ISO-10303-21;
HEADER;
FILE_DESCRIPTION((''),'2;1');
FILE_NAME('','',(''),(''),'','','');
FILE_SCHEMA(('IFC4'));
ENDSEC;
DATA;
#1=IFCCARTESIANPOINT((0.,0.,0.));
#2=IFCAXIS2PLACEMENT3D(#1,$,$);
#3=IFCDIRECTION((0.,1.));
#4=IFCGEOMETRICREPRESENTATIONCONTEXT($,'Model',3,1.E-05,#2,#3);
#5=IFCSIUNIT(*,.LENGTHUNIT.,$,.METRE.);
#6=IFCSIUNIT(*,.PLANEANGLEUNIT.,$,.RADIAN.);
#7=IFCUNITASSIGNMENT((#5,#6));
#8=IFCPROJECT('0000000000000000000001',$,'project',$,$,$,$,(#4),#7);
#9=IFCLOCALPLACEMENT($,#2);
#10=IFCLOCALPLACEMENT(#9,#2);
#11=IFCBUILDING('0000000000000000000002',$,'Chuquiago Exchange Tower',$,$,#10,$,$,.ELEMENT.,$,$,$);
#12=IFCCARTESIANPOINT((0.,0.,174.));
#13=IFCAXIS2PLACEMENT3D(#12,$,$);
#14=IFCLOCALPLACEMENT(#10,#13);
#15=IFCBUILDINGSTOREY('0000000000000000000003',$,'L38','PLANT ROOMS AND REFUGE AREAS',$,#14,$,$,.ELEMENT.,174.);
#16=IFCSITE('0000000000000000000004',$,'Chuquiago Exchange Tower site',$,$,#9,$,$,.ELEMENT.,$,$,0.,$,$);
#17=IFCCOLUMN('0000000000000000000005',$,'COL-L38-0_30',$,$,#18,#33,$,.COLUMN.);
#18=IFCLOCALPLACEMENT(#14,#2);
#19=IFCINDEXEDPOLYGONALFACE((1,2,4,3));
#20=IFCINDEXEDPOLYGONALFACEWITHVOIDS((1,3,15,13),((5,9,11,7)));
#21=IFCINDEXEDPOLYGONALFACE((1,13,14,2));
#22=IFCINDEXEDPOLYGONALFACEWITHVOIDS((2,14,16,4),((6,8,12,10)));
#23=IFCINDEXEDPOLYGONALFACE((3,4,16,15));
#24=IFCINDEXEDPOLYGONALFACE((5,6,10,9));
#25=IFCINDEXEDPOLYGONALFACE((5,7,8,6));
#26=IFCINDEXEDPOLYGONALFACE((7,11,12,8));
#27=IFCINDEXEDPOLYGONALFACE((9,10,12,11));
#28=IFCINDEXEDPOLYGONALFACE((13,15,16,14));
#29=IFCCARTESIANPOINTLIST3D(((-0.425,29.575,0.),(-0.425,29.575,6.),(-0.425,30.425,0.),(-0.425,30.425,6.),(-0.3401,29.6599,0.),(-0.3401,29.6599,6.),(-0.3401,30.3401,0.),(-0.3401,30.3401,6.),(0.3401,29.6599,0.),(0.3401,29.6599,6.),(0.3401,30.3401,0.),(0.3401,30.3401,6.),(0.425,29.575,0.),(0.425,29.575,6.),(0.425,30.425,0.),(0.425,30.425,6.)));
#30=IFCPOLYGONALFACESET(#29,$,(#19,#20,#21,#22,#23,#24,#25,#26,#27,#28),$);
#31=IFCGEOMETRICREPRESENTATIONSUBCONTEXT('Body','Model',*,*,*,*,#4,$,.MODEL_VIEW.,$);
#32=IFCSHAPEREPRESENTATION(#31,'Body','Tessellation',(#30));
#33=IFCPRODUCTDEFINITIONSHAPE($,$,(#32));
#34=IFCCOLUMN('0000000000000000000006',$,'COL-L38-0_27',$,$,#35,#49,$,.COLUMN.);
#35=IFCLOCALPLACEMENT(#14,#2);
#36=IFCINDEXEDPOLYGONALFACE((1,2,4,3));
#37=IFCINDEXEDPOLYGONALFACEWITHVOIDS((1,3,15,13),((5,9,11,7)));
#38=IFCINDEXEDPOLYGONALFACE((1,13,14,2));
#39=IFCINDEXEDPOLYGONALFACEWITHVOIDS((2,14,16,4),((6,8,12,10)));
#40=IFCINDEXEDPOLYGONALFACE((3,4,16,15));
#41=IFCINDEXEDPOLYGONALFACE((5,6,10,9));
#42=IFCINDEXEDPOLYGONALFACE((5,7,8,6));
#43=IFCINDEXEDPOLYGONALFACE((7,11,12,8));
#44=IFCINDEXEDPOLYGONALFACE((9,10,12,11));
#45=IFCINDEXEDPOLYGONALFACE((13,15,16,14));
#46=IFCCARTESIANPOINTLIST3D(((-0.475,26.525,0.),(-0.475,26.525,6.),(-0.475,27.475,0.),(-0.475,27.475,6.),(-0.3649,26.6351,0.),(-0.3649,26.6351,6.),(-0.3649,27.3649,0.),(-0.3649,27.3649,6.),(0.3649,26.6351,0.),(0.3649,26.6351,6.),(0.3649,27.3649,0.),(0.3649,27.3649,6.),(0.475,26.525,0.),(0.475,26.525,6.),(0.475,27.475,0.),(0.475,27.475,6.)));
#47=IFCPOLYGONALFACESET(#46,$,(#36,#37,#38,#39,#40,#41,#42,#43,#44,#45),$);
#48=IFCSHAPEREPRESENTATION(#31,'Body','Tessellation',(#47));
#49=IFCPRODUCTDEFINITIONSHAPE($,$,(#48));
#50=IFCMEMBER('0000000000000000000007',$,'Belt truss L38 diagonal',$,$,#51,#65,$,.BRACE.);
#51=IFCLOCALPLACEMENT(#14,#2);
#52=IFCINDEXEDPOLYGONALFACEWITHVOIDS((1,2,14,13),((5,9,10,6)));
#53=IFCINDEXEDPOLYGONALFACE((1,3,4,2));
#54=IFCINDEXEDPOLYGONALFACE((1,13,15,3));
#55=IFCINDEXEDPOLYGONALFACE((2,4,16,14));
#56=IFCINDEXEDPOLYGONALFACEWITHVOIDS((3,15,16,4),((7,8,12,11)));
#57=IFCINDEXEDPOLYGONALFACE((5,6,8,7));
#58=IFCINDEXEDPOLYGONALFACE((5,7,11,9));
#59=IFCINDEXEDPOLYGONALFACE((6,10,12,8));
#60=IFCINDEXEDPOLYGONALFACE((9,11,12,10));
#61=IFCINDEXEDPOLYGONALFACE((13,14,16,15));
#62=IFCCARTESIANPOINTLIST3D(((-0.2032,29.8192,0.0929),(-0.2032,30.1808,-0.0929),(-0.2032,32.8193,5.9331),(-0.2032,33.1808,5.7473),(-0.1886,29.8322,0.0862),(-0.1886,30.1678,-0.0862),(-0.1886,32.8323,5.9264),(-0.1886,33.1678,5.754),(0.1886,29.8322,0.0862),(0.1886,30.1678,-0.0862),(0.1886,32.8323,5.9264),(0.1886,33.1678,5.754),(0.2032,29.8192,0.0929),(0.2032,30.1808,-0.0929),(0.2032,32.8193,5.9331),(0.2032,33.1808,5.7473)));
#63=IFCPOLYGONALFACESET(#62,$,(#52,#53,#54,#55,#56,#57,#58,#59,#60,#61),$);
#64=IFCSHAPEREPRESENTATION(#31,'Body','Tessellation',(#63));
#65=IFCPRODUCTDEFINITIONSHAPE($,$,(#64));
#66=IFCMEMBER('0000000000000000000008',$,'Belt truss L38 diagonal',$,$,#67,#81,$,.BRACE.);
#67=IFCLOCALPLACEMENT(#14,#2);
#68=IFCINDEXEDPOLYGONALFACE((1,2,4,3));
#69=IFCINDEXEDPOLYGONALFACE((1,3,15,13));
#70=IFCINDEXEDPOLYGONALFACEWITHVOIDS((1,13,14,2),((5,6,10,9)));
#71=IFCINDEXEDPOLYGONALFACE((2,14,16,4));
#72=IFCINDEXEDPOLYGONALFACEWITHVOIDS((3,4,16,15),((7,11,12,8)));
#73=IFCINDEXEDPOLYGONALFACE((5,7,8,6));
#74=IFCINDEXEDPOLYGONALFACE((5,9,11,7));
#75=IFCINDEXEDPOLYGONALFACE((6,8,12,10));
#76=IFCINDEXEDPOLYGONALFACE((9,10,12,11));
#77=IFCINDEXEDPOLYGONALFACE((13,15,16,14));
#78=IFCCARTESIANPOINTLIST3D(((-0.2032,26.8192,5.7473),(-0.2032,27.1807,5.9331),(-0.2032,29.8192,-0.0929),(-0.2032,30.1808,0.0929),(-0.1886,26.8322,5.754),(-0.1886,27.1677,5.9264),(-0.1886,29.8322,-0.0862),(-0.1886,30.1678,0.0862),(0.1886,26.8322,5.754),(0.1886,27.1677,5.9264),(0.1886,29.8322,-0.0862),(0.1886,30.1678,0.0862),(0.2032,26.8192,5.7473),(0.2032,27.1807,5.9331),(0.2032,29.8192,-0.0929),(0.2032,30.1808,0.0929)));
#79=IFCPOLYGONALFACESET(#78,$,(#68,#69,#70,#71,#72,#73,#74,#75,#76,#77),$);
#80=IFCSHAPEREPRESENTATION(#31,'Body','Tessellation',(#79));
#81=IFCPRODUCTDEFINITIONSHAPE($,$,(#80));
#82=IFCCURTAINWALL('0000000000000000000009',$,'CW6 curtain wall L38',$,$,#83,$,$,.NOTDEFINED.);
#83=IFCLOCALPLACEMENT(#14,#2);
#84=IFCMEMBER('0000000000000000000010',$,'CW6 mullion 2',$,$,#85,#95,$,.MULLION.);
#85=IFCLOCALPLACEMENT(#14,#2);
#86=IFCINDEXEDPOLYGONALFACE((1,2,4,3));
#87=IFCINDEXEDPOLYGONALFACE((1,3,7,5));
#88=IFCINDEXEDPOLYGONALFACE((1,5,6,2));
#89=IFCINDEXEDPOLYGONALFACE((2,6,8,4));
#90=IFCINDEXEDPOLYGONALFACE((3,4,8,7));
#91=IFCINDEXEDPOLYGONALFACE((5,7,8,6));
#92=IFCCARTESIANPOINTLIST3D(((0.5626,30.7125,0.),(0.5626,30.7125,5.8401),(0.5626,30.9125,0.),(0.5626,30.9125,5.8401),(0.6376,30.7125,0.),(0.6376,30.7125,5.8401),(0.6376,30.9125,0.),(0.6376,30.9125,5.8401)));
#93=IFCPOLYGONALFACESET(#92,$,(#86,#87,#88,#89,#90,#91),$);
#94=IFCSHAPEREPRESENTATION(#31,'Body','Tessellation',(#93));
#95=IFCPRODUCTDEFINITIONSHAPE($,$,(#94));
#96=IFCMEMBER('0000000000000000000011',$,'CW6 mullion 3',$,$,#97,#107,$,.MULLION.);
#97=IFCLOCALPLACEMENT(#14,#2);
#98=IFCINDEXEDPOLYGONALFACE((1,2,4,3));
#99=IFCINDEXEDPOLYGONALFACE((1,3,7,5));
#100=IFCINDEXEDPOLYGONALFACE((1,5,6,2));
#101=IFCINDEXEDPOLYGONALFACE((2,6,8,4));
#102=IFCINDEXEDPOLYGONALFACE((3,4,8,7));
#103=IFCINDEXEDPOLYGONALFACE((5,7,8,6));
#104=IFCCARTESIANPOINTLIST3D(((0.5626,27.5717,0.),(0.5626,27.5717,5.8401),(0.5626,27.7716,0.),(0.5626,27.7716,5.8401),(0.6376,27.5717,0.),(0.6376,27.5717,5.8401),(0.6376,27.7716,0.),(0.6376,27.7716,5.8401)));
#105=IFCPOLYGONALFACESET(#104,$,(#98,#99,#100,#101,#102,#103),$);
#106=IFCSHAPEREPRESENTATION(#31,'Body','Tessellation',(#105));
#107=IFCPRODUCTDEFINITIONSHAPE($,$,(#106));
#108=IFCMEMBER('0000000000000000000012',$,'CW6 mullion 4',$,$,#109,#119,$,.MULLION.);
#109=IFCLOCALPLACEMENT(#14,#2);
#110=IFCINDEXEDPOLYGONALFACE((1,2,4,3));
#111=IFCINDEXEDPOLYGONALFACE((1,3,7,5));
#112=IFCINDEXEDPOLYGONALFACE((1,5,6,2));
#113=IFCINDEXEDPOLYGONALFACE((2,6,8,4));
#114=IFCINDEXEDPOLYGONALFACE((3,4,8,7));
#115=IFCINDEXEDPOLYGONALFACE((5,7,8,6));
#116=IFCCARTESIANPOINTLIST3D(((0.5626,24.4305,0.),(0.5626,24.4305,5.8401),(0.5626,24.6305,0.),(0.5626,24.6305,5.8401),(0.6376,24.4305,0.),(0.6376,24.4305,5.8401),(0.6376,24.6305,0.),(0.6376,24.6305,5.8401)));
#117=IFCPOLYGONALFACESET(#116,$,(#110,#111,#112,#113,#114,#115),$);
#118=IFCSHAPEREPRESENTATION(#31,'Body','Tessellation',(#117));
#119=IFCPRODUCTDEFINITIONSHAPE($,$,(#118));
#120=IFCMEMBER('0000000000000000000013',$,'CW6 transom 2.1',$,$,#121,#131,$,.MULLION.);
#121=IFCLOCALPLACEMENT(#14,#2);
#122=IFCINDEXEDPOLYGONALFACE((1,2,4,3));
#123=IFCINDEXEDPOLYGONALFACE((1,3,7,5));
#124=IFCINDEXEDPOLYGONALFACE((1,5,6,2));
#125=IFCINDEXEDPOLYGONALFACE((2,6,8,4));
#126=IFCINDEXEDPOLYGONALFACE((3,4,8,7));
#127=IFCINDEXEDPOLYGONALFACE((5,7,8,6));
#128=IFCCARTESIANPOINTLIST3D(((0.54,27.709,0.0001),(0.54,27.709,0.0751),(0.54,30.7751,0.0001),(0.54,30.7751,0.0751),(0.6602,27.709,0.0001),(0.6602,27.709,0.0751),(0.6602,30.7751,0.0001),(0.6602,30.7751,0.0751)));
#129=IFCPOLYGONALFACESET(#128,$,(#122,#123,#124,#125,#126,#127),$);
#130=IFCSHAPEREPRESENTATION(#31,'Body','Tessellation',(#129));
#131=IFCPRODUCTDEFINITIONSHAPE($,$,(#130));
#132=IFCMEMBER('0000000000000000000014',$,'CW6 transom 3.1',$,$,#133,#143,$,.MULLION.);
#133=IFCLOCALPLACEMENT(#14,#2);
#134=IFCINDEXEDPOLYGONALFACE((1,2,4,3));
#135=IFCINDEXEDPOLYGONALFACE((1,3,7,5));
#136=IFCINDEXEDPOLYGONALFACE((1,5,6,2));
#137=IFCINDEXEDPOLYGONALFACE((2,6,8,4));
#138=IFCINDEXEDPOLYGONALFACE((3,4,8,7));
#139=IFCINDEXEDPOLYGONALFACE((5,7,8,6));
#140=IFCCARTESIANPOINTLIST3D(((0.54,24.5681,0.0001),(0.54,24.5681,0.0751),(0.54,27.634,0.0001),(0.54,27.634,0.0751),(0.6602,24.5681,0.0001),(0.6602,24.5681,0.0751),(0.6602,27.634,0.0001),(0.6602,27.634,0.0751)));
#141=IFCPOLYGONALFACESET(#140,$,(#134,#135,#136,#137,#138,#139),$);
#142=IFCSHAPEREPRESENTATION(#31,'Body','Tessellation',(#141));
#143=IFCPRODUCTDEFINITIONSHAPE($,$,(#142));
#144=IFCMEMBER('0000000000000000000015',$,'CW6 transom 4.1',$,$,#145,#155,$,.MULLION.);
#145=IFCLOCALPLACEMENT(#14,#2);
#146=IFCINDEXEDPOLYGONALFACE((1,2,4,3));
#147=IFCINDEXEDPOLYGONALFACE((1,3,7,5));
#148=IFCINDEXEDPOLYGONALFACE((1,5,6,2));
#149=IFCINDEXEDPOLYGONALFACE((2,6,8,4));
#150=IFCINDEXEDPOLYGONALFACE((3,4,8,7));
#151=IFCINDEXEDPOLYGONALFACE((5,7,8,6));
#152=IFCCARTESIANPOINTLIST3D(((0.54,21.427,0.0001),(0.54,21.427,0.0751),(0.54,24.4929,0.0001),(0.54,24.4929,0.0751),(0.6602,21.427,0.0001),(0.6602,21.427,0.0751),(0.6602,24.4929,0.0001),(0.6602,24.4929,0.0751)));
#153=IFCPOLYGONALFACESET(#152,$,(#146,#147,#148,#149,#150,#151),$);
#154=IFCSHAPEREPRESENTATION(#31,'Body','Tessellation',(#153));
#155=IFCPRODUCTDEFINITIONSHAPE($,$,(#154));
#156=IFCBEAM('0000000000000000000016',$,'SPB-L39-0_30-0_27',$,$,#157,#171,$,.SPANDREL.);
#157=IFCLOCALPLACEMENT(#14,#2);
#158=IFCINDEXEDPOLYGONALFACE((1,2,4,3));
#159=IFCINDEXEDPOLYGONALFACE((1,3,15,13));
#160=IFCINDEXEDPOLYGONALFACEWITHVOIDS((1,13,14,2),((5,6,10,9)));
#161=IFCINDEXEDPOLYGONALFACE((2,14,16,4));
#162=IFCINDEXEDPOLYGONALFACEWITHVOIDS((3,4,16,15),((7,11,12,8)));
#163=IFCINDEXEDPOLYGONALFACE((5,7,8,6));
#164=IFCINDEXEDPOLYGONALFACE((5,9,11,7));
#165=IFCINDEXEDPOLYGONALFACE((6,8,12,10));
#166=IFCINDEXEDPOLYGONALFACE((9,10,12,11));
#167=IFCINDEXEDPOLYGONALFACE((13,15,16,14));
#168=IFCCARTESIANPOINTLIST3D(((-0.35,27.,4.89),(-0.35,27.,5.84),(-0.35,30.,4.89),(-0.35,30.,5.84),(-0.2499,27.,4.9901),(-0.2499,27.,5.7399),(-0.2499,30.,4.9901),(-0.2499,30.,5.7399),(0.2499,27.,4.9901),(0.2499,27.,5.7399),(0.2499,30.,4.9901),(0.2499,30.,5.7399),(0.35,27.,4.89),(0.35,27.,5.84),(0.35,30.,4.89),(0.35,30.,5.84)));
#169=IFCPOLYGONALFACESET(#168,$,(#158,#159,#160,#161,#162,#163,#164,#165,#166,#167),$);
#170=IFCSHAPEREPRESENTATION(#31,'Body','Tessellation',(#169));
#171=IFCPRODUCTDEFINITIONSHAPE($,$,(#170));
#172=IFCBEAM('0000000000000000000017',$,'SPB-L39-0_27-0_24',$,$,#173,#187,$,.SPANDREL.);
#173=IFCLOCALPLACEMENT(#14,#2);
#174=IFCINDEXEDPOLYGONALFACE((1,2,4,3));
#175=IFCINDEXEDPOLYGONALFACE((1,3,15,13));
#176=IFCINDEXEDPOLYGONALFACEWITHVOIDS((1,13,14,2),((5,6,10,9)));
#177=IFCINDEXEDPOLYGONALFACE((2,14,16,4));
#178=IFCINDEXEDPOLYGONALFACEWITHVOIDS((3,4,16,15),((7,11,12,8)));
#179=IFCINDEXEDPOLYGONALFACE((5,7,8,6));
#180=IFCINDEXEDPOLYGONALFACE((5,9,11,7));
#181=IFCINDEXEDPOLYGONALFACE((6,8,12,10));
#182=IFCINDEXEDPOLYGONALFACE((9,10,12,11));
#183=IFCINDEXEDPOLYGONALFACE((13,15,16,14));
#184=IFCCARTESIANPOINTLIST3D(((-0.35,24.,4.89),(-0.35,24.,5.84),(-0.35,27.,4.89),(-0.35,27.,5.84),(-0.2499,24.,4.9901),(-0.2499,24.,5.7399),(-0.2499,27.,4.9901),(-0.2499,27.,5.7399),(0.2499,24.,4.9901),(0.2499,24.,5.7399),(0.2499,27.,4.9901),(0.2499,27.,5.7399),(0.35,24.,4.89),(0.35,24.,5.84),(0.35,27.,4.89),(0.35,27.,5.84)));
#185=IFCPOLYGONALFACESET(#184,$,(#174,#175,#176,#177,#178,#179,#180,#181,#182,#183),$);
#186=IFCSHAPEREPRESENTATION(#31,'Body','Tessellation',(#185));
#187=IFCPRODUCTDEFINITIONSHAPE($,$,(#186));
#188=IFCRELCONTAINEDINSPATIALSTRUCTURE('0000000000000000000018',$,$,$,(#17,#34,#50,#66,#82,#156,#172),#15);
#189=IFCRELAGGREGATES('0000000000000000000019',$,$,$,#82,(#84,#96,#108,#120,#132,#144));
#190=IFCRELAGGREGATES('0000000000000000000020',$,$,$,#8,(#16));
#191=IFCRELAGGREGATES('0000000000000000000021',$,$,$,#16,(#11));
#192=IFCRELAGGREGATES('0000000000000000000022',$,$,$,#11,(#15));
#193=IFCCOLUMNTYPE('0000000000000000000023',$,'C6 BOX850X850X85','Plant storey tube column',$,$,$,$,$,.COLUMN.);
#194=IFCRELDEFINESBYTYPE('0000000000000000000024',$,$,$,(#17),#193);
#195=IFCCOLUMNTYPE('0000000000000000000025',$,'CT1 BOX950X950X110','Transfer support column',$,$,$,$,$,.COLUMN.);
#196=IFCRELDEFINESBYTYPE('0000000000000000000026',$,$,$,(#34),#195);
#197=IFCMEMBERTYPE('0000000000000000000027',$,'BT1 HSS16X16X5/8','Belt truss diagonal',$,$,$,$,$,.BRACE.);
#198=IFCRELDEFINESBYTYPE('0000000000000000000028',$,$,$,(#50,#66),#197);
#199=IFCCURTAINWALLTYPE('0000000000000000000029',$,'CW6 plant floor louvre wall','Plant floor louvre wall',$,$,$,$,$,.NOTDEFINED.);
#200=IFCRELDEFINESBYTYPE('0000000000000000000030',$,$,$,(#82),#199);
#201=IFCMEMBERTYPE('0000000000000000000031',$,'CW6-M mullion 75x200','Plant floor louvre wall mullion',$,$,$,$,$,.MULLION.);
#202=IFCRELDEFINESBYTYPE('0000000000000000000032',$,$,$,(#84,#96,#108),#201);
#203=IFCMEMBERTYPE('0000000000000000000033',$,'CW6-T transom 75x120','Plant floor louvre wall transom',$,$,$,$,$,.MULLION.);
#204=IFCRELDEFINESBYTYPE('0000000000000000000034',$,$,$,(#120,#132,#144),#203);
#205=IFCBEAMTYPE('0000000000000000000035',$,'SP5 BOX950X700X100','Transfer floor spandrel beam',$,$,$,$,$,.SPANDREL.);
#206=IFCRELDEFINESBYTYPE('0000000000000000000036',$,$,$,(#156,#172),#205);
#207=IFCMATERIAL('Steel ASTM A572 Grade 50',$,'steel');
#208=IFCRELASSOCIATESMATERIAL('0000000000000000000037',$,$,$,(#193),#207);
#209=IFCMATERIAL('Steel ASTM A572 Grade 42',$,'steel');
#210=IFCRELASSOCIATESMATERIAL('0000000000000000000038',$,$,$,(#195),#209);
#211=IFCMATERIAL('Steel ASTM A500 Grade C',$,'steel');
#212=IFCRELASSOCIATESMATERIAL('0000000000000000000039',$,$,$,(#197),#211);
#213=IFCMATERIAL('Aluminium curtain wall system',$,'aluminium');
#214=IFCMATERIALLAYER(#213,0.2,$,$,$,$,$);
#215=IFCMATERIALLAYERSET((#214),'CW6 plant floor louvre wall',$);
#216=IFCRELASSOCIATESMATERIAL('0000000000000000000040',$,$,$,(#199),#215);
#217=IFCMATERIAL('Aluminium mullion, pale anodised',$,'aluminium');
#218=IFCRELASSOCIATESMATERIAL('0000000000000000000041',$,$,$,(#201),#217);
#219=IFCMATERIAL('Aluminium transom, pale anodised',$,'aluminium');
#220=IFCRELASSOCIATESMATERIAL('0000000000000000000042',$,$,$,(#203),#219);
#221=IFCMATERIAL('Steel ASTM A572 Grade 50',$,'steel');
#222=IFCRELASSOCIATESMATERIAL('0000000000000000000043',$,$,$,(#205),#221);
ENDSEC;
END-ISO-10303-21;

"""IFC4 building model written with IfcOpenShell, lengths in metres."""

from ifc_helpers import new_model, si_unit, direction, frame, origin, origin_2d, place, context, subcontext, project, spatial, rectangle, hollow_rectangle, extrude, material, layer, layer_set, material_profile, profile_set, type_object, element, aggregate, save


model = new_model("IFC4")

# Units and contexts
model_context = context("Model", 3, precision=1e-05, world=origin(), true_north=direction((0.0, 1.0)))
body_context = subcontext(model_context, "Body", "Model", "MODEL_VIEW")
ifc_project = project(units=[si_unit("LENGTHUNIT", "METRE"), si_unit("PLANEANGLEUNIT", "RADIAN")], contexts=[model_context])

# Site, building, storey
site_placement = place(None, origin())
site = spatial("IfcSite", under=ifc_project, at=site_placement, Name="Chuquiago Exchange Tower site", CompositionType="ELEMENT", RefElevation=0.0)
building_placement = place(site_placement, origin())
building = spatial("IfcBuilding", under=site, at=building_placement, Name="Chuquiago Exchange Tower", CompositionType="ELEMENT")
storey_placement = place(building_placement, frame((0.0, 0.0, 174.0)))
storey = spatial("IfcBuildingStorey", under=building, at=storey_placement, Name="L38", Description="PLANT ROOMS AND REFUGE AREAS", CompositionType="ELEMENT", Elevation=174.0)

# Columns
ifc_material_1 = material(Name="Steel ASTM A572 Grade 50", Category="steel")
ifc_material_profile_1 = material_profile(ifc_material_1, hollow_rectangle(XDim=0.8501, YDim=0.8501, WallThickness=0.085, at=origin_2d()), Name="BOX850X850X85")
ifc_profile_set_1 = profile_set([ifc_material_profile_1], Name="Steel ASTM A572 Grade 50")
column_type_1 = type_object("IfcColumnType", Name="C6 BOX850X850X85", Description="Plant storey tube column", PredefinedType="COLUMN", material=ifc_profile_set_1)
column_1_placement = place(storey_placement, frame((0.0, 30.0, 0.0), z_axis=(0.0, 0.0, 1.0), x_axis=(-1.0, 0.0, 0.0)))
element("IfcColumn", 1, at=column_1_placement, inside=storey, type_object=column_type_1, Name="COL-L38-0_30", PredefinedType="COLUMN", context=body_context, shape_type="SweptSolid", body=[
    extrude(hollow_rectangle(XDim=0.8501, YDim=0.8501, WallThickness=0.085, at=origin_2d()), origin(), (0.0, 0.0, 1.0), 6.0),
])
ifc_material_2 = material(Name="Steel ASTM A572 Grade 42", Category="steel")
ifc_material_profile_2 = material_profile(ifc_material_2, hollow_rectangle(XDim=0.95, YDim=0.95, WallThickness=0.1101, at=origin_2d()), Name="BOX950X950X110")
ifc_profile_set_2 = profile_set([ifc_material_profile_2], Name="Steel ASTM A572 Grade 42")
column_type_2 = type_object("IfcColumnType", Name="CT1 BOX950X950X110", Description="Transfer support column", PredefinedType="COLUMN", material=ifc_profile_set_2)
column_2_placement = place(storey_placement, frame((0.0, 27.0, 0.0), z_axis=(0.0, 0.0, 1.0), x_axis=(-1.0, 0.0, 0.0)))
element("IfcColumn", 2, at=column_2_placement, inside=storey, type_object=column_type_2, Name="COL-L38-0_27", PredefinedType="COLUMN", context=body_context, shape_type="SweptSolid", body=[
    extrude(hollow_rectangle(XDim=0.95, YDim=0.95, WallThickness=0.1101, at=origin_2d()), origin(), (0.0, 0.0, 1.0), 6.0),
])

# Members
ifc_material_3 = material(Name="Steel ASTM A500 Grade C", Category="steel")
ifc_material_profile_3 = material_profile(ifc_material_3, hollow_rectangle(XDim=0.4065, YDim=0.4065, WallThickness=0.0146, at=origin_2d()), Name="HSS16X16X5/8")
ifc_profile_set_3 = profile_set([ifc_material_profile_3], Name="Steel ASTM A500 Grade C")
member_type_1 = type_object("IfcMemberType", Name="BT1 HSS16X16X5/8", Description="Belt truss diagonal", PredefinedType="BRACE", material=ifc_profile_set_3)
for number, where, z_axis, x_axis, name in (
    (3, (0.0, 30.0, 0.0), (0.0, 0.45693, 0.889503), (-1.0, 0.0, 0.0), "Belt truss L38 diagonal"),
    (4, (0.0, 30.0, 0.0), (0.0, -0.45693, 0.889503), (1.0, 0.0, 0.0), "Belt truss L38 diagonal"),
):
    element("IfcMember", number, at=place(storey_placement, frame(where, z_axis=z_axis, x_axis=x_axis)), inside=storey, type_object=member_type_1, Name=name, PredefinedType="BRACE", context=body_context, shape_type="SweptSolid", body=[
        extrude(hollow_rectangle(XDim=0.4065, YDim=0.4065, WallThickness=0.0146, at=origin_2d()), origin(), (0.0, 0.0, 1.0), 6.5657),
    ])

# Curtain wall, members
ifc_material_4 = material(Name="Aluminium curtain wall system", Category="aluminium")
ifc_layer_1 = layer(ifc_material_4, 0.2)
ifc_layer_set_1 = layer_set([ifc_layer_1], Name="CW6 plant floor louvre wall")
curtain_wall_type = type_object("IfcCurtainWallType", Name="CW6 plant floor louvre wall", Description="Plant floor louvre wall", PredefinedType="NOTDEFINED", material=ifc_layer_set_1)
curtain_wall_placement = place(storey_placement, origin())
curtain_wall = element("IfcCurtainWall", 5, at=curtain_wall_placement, inside=storey, type_object=curtain_wall_type, Name="CW6 curtain wall L38", PredefinedType="NOTDEFINED")
ifc_material_5 = material(Name="Aluminium mullion, pale anodised", Category="aluminium")
ifc_material_profile_4 = material_profile(ifc_material_5, rectangle(XDim=0.075, YDim=0.2, at=origin_2d()), Name="AL 75x200")
ifc_profile_set_4 = profile_set([ifc_material_profile_4], Name="Aluminium mullion, pale anodised")
member_type_2 = type_object("IfcMemberType", Name="CW6-M mullion 75x200", Description="Plant floor louvre wall mullion", PredefinedType="MULLION", material=ifc_profile_set_4)
member_1_placement = place(storey_placement, frame((0.6001, 30.8125, 0.0), z_axis=(0.0, 0.0, 1.0), x_axis=(1.0, 0.0, 0.0)))
member_1 = element("IfcMember", 6, at=member_1_placement, type_object=member_type_2, Name="CW6 mullion 2", PredefinedType="MULLION", context=body_context, shape_type="SweptSolid", body=[
    extrude(rectangle(XDim=0.075, YDim=0.2, at=origin_2d()), origin(), (0.0, 0.0, 1.0), 5.8401),
])
member_2_placement = place(storey_placement, frame((0.6001, 27.6716, 0.0), z_axis=(0.0, 0.0, 1.0), x_axis=(1.0, 0.0, 0.0)))
member_2 = element("IfcMember", 7, at=member_2_placement, type_object=member_type_2, Name="CW6 mullion 3", PredefinedType="MULLION", context=body_context, shape_type="SweptSolid", body=[
    extrude(rectangle(XDim=0.075, YDim=0.2, at=origin_2d()), origin(), (0.0, 0.0, 1.0), 5.8401),
])
member_3_placement = place(storey_placement, frame((0.6001, 24.5305, 0.0), z_axis=(0.0, 0.0, 1.0), x_axis=(1.0, 0.0, 0.0)))
member_3 = element("IfcMember", 8, at=member_3_placement, type_object=member_type_2, Name="CW6 mullion 4", PredefinedType="MULLION", context=body_context, shape_type="SweptSolid", body=[
    extrude(rectangle(XDim=0.075, YDim=0.2, at=origin_2d()), origin(), (0.0, 0.0, 1.0), 5.8401),
])
ifc_material_6 = material(Name="Aluminium transom, pale anodised", Category="aluminium")
ifc_material_profile_5 = material_profile(ifc_material_6, rectangle(XDim=0.1201, YDim=0.075, at=origin_2d()), Name="AL 120x75")
ifc_profile_set_5 = profile_set([ifc_material_profile_5], Name="Aluminium transom, pale anodised")
member_type_3 = type_object("IfcMemberType", Name="CW6-T transom 75x120", Description="Plant floor louvre wall transom", PredefinedType="MULLION", material=ifc_profile_set_5)
member_4_placement = place(storey_placement, frame((0.6001, 30.7751, 0.0376), z_axis=(0.0, -1.0, 0.0), x_axis=(1.0, 0.0, 0.0)))
member_4 = element("IfcMember", 9, at=member_4_placement, type_object=member_type_3, Name="CW6 transom 2.1", PredefinedType="MULLION", context=body_context, shape_type="SweptSolid", body=[
    extrude(rectangle(XDim=0.1201, YDim=0.075, at=origin_2d()), origin(), (0.0, 0.0, 1.0), 3.0662),
])
member_5_placement = place(storey_placement, frame((0.6001, 27.634, 0.0376), z_axis=(0.0, -1.0, 0.0), x_axis=(1.0, 0.0, 0.0)))
member_5 = element("IfcMember", 10, at=member_5_placement, type_object=member_type_3, Name="CW6 transom 3.1", PredefinedType="MULLION", context=body_context, shape_type="SweptSolid", body=[
    extrude(rectangle(XDim=0.1201, YDim=0.075, at=origin_2d()), origin(), (0.0, 0.0, 1.0), 3.0659),
])
member_6_placement = place(storey_placement, frame((0.6001, 24.4929, 0.0376), z_axis=(0.0, -1.0, 0.0), x_axis=(1.0, 0.0, 0.0)))
member_6 = element("IfcMember", 11, at=member_6_placement, type_object=member_type_3, Name="CW6 transom 4.1", PredefinedType="MULLION", context=body_context, shape_type="SweptSolid", body=[
    extrude(rectangle(XDim=0.1201, YDim=0.075, at=origin_2d()), origin(), (0.0, 0.0, 1.0), 3.0659),
])

# Beams
ifc_material_7 = material(Name="Steel ASTM A572 Grade 50", Category="steel")
ifc_material_profile_6 = material_profile(ifc_material_7, hollow_rectangle(XDim=0.7, YDim=0.95, WallThickness=0.1001, at=origin_2d()), Name="BOX950X700X100")
ifc_profile_set_6 = profile_set([ifc_material_profile_6], Name="Steel ASTM A572 Grade 50")
beam_type = type_object("IfcBeamType", Name="SP5 BOX950X700X100", Description="Transfer floor spandrel beam", PredefinedType="SPANDREL", material=ifc_profile_set_6)
for number, where, z_axis, x_axis, name in (
    (12, (0.0, 30.0, 5.365), (0.0, -1.0, 0.0), (1.0, 0.0, 0.0), "SPB-L39-0_30-0_27"),
    (13, (0.0, 27.0, 5.365), (0.0, -1.0, 0.0), (1.0, 0.0, 0.0), "SPB-L39-0_27-0_24"),
):
    element("IfcBeam", number, at=place(storey_placement, frame(where, z_axis=z_axis, x_axis=x_axis)), inside=storey, type_object=beam_type, Name=name, PredefinedType="SPANDREL", context=body_context, shape_type="SweptSolid", body=[
        extrude(hollow_rectangle(XDim=0.7, YDim=0.95, WallThickness=0.1001, at=origin_2d()), origin(), (0.0, 0.0, 1.0), 3.0),
    ])

aggregate(curtain_wall, [member_1, member_2, member_3, member_4, member_5, member_6])

save(model, "model.ifc")
